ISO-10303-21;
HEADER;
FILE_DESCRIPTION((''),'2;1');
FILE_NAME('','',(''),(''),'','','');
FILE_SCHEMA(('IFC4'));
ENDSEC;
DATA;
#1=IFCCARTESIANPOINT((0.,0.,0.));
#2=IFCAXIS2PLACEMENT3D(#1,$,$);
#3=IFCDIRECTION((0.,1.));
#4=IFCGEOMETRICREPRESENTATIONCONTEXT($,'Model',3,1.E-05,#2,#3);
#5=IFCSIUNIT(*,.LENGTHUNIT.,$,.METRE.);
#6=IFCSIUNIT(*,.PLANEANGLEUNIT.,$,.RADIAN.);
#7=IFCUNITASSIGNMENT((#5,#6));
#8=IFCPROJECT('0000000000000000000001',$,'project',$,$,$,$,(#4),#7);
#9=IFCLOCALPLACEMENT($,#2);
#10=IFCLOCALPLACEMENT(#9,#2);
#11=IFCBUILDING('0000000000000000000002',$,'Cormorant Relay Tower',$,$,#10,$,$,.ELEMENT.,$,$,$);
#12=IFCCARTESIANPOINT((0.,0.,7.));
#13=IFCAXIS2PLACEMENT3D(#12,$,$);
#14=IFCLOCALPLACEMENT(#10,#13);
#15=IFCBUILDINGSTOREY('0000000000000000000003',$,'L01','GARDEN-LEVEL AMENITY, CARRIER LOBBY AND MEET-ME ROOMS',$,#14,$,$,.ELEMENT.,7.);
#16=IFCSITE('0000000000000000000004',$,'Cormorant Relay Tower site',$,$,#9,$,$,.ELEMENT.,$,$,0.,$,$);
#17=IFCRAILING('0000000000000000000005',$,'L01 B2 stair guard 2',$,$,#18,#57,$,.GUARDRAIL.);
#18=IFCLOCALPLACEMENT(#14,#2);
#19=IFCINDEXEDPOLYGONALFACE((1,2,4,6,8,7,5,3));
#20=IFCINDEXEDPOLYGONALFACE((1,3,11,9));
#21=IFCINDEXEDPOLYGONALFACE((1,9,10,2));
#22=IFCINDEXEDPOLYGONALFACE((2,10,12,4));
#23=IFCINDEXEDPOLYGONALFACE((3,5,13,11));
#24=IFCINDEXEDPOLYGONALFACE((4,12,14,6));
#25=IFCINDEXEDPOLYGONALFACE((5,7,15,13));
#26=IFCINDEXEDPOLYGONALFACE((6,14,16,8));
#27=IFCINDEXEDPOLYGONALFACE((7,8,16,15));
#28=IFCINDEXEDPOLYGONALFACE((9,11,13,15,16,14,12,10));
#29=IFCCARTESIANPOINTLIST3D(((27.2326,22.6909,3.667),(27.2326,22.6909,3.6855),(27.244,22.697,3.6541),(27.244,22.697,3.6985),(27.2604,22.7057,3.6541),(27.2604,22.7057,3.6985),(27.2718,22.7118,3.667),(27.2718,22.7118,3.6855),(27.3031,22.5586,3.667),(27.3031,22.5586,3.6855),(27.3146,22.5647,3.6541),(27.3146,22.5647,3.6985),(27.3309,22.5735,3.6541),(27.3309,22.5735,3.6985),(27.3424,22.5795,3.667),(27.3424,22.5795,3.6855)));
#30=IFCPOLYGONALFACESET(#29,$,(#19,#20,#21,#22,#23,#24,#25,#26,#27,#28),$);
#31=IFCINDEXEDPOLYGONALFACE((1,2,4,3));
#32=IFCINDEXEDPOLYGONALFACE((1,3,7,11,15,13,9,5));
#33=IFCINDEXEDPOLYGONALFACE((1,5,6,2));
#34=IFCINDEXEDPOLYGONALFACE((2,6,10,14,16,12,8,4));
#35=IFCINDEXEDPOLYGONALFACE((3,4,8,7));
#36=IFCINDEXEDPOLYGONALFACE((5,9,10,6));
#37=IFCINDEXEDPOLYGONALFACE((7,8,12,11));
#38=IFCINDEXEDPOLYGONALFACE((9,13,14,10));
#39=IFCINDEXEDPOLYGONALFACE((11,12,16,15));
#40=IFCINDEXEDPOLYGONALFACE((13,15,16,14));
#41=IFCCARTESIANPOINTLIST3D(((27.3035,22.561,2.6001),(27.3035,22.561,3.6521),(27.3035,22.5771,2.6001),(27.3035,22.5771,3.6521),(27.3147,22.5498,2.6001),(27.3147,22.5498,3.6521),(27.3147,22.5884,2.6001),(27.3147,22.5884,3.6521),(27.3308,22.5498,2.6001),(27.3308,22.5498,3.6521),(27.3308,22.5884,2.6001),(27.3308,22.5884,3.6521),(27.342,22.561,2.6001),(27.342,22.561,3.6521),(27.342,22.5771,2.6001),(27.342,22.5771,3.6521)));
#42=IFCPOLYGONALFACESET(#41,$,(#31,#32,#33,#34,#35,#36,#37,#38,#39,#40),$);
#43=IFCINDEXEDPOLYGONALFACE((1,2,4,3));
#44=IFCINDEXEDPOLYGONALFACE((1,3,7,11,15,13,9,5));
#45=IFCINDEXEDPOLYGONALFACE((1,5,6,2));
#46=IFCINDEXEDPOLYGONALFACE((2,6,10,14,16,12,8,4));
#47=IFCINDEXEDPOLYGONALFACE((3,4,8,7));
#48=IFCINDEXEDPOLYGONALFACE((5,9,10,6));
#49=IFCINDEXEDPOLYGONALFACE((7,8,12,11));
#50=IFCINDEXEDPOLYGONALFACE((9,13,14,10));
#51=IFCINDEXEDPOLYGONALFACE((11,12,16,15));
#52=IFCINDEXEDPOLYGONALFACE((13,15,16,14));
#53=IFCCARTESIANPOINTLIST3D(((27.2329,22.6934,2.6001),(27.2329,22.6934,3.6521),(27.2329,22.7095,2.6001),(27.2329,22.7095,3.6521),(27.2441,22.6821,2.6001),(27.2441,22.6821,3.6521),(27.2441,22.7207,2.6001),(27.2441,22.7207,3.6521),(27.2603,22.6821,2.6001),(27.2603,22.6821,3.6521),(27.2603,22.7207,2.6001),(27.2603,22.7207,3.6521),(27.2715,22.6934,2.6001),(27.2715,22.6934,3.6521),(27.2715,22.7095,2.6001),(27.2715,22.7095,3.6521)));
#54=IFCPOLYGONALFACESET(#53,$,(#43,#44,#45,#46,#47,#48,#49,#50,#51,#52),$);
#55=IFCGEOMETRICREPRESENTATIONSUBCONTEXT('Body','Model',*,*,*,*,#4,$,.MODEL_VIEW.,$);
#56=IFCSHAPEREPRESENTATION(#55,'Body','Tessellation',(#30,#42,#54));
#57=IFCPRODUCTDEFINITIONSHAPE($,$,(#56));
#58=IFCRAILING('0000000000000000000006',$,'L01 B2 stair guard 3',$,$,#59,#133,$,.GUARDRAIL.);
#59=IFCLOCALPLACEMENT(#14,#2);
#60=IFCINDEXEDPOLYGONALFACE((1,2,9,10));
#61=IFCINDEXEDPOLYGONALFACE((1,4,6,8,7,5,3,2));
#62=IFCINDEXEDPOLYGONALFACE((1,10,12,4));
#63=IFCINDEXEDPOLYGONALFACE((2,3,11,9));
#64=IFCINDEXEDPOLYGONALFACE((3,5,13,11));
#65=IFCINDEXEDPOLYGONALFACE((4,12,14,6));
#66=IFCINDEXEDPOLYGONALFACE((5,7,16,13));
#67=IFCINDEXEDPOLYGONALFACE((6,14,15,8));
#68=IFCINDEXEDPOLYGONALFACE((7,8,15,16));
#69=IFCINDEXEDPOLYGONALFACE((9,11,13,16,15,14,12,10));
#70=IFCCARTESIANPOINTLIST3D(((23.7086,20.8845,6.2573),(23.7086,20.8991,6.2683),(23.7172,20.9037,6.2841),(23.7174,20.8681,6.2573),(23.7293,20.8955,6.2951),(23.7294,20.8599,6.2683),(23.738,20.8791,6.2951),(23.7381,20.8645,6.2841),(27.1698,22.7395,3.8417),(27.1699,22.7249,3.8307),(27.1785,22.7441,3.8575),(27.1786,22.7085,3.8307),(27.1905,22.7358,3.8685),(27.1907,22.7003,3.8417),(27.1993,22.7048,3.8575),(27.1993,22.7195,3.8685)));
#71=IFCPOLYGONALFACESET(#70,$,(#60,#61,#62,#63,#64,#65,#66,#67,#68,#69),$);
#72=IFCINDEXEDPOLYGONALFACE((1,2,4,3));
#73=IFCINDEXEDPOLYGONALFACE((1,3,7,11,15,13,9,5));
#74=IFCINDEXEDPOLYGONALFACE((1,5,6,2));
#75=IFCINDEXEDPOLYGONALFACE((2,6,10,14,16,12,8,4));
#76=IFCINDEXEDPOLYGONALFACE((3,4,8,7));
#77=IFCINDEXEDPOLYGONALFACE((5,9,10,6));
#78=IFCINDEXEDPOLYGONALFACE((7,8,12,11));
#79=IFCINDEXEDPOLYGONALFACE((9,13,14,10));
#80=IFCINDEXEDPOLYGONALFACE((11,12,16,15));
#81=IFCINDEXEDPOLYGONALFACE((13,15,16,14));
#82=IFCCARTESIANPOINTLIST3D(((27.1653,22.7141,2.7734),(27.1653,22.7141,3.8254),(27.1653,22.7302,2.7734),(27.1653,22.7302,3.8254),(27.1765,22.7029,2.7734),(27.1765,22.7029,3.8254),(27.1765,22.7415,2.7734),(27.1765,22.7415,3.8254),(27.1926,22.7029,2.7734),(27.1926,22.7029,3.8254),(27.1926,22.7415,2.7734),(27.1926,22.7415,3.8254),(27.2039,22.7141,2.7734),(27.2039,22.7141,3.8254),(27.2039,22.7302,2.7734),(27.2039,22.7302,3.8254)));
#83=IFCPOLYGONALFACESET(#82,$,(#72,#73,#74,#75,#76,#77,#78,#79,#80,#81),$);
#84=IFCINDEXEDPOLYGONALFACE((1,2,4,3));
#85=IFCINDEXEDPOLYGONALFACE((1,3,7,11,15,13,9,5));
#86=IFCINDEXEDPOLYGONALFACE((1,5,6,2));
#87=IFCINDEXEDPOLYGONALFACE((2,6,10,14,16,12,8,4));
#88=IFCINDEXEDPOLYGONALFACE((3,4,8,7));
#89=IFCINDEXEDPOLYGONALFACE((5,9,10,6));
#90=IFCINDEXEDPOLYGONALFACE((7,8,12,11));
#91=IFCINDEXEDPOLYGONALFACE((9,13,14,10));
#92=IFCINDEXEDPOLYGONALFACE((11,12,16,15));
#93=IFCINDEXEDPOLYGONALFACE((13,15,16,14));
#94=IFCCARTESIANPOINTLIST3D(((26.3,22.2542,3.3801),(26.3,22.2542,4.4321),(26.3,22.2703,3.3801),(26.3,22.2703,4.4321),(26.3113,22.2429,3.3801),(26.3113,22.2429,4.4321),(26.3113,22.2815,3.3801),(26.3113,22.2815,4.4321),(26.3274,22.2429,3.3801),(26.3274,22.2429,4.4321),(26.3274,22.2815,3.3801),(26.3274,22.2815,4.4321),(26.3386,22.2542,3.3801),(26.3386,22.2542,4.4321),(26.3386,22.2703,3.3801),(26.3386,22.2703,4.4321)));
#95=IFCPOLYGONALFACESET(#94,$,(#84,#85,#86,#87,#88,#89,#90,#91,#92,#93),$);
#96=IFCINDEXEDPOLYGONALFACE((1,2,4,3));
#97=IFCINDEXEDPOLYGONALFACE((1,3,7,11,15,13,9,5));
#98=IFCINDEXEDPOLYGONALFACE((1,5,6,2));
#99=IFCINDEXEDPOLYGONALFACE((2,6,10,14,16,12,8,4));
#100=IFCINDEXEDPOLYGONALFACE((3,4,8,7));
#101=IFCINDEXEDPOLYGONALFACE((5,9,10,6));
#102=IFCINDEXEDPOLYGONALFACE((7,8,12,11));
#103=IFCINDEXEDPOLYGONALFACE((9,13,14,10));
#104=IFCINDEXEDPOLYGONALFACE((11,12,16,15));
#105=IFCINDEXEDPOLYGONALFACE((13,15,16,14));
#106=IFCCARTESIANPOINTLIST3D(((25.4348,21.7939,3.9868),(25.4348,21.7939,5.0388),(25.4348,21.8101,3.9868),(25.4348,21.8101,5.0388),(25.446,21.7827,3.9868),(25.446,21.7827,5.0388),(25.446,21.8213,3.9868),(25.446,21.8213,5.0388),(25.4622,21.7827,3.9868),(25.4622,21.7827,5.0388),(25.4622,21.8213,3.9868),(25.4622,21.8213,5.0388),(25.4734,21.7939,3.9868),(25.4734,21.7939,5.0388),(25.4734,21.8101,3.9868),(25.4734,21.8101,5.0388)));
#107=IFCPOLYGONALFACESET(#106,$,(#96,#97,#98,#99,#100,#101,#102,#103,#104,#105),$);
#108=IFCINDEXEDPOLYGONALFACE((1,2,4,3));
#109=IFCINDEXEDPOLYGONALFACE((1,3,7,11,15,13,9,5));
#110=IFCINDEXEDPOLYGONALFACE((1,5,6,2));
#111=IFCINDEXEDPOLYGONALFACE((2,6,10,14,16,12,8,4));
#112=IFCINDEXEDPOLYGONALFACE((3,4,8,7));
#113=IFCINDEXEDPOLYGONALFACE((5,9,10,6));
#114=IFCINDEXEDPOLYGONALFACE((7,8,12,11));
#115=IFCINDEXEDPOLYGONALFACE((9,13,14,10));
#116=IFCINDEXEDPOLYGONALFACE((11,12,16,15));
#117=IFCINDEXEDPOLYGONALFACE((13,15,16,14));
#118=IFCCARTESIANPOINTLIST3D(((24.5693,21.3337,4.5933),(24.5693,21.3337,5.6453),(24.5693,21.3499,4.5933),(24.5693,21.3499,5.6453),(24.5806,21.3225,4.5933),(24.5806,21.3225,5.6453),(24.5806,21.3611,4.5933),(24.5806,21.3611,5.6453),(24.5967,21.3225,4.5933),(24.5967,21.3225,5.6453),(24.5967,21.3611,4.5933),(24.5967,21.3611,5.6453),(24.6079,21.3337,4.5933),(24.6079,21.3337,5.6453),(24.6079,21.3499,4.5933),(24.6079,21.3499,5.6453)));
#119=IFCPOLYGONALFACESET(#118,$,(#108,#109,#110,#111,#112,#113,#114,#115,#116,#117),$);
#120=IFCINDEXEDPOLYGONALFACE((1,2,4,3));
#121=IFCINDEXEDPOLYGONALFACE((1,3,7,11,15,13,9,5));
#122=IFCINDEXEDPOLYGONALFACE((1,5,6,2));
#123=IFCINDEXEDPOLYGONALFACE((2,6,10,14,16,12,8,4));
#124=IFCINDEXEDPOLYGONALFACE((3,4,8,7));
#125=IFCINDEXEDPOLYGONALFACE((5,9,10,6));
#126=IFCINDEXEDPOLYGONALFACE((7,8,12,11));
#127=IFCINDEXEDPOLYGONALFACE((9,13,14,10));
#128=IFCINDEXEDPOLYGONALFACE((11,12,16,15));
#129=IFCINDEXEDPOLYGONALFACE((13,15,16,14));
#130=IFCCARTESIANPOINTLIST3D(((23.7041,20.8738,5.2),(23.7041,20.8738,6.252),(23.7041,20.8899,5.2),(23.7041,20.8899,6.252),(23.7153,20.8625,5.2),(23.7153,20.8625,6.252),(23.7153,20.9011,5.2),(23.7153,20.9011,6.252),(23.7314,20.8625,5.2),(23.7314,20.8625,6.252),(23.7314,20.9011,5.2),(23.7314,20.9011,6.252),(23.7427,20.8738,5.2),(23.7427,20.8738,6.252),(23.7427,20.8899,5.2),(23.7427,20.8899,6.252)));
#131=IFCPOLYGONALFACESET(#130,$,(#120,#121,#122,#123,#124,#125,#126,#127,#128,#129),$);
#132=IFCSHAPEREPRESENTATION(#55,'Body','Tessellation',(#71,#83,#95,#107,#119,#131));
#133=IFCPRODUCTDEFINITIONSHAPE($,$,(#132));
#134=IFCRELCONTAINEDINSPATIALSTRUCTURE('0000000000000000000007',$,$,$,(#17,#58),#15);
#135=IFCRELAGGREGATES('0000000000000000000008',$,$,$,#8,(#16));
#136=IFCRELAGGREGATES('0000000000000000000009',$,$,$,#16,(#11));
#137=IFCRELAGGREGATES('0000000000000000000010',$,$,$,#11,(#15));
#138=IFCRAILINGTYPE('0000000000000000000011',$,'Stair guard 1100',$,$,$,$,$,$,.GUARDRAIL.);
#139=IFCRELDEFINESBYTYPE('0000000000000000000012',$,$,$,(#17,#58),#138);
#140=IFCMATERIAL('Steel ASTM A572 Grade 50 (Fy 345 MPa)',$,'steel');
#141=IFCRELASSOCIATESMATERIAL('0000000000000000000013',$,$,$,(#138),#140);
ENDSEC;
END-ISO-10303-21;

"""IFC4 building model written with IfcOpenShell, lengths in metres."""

from ifc_helpers import new_model, si_unit, direction, frame, origin, place, context, subcontext, project, spatial, polyline, outline, extrude, material, type_object, element, save


model = new_model("IFC4")

# Units and contexts
model_context = context("Model", 3, precision=1e-05, world=origin(), true_north=direction((0.0, 1.0)))
body_context = subcontext(model_context, "Body", "Model", "MODEL_VIEW")
ifc_project = project(units=[si_unit("LENGTHUNIT", "METRE"), si_unit("PLANEANGLEUNIT", "RADIAN")], contexts=[model_context])

# Site, building, storey
site_placement = place(None, origin())
site = spatial("IfcSite", under=ifc_project, at=site_placement, Name="Cormorant Relay Tower site", CompositionType="ELEMENT", RefElevation=0.0)
building_placement = place(site_placement, origin())
building = spatial("IfcBuilding", under=site, at=building_placement, Name="Cormorant Relay Tower", CompositionType="ELEMENT")
storey_placement = place(building_placement, frame((0.0, 0.0, 7.0)))
storey = spatial("IfcBuildingStorey", under=building, at=storey_placement, Name="L01", Description="GARDEN-LEVEL AMENITY, CARRIER LOBBY AND MEET-ME ROOMS", CompositionType="ELEMENT", Elevation=7.0)

# Railings
ifc_material_1 = material(Name="Steel ASTM A572 Grade 50 (Fy 345 MPa)", Category="steel")
railing_type_1 = type_object("IfcRailingType", Name="Stair guard 1100", PredefinedType="GUARDRAIL", material=ifc_material_1)
railing_1_placement = place(storey_placement, frame((27.3228, 22.5691, 2.6001)))
element("IfcRailing", 1, at=railing_1_placement, inside=storey, type_object=railing_type_1, Name="L01 B2 stair guard 2", PredefinedType="GUARDRAIL", context=body_context, shape_type="SweptSolid", body=[
    extrude(outline(polyline([(0.0222, 0.0093), (0.0093, 0.0222), (-0.0093, 0.0222), (-0.0222, 0.0093), (-0.0222, -0.0093), (-0.0093, -0.0222), (0.0093, -0.0222), (0.0222, -0.0093), (0.0222, 0.0093)])), frame((0.0, 0.0, 1.0762), z_axis=(-0.470504, 0.882398, 0.0), x_axis=(-0.882398, -0.470504, 0.0)), (0.0, 0.0, 1.0), 0.1499),
    extrude(outline(polyline([(0.0193, 0.0081), (0.0081, 0.0193), (-0.0081, 0.0193), (-0.0193, 0.0081), (-0.0193, -0.0081), (-0.0081, -0.0193), (0.0081, -0.0193), (0.0193, -0.0081), (0.0193, 0.0081)])), origin(), (0.0, 0.0, 1.0), 1.052),
    extrude(outline(polyline([(0.0193, 0.0081), (0.0081, 0.0193), (-0.0081, 0.0193), (-0.0193, 0.0081), (-0.0193, -0.0081), (-0.0081, -0.0193), (0.0081, -0.0193), (0.0193, -0.0081), (0.0193, 0.0081)])), frame((-0.0706, 0.1323, 0.0)), (0.0, 0.0, 1.0), 1.052),
])
railing_2_placement = place(storey_placement, frame((27.1846, 22.7222, 2.7734)))
element("IfcRailing", 2, at=railing_2_placement, inside=storey, type_object=railing_type_1, Name="L01 B2 stair guard 3", PredefinedType="GUARDRAIL", context=body_context, shape_type="SweptSolid", body=[
    extrude(outline(polyline([(0.0222, 0.0093), (0.0093, 0.0222), (-0.0093, 0.0222), (-0.0222, 0.0093), (-0.0222, -0.0093), (-0.0093, -0.0222), (0.0093, -0.0222), (0.0222, -0.0093), (0.0222, 0.0093)])), frame((0.0, 0.0, 1.0762), z_axis=(-0.750755, -0.399181, 0.526328), x_axis=(0.469469, -0.882949, 0.0)), (0.0, 0.0, 1.0), 4.6104),
    extrude(outline(polyline([(0.0193, 0.0081), (0.0081, 0.0193), (-0.0081, 0.0193), (-0.0193, 0.0081), (-0.0193, -0.0081), (-0.0081, -0.0193), (0.0081, -0.0193), (0.0193, -0.0081), (0.0193, 0.0081)])), origin(), (0.0, 0.0, 1.0), 1.052),
    extrude(outline(polyline([(0.0193, 0.0081), (0.0081, 0.0193), (-0.0081, 0.0193), (-0.0193, 0.0081), (-0.0193, -0.0081), (-0.0081, -0.0193), (0.0081, -0.0193), (0.0193, -0.0081), (0.0193, 0.0081)])), frame((-0.8652, -0.46, 0.6067)), (0.0, 0.0, 1.0), 1.052),
    extrude(outline(polyline([(0.0193, 0.0081), (0.0081, 0.0193), (-0.0081, 0.0193), (-0.0193, 0.0081), (-0.0193, -0.0081), (-0.0081, -0.0193), (0.0081, -0.0193), (0.0193, -0.0081), (0.0193, 0.0081)])), frame((-1.7305, -0.9202, 1.2134)), (0.0, 0.0, 1.0), 1.052),
    extrude(outline(polyline([(0.0193, 0.0081), (0.0081, 0.0193), (-0.0081, 0.0193), (-0.0193, 0.0081), (-0.0193, -0.0081), (-0.0081, -0.0193), (0.0081, -0.0193), (0.0193, -0.0081), (0.0193, 0.0081)])), frame((-2.5959, -1.3804, 1.8198)), (0.0, 0.0, 1.0), 1.052),
    extrude(outline(polyline([(0.0193, 0.0081), (0.0081, 0.0193), (-0.0081, 0.0193), (-0.0193, 0.0081), (-0.0193, -0.0081), (-0.0081, -0.0193), (0.0081, -0.0193), (0.0193, -0.0081), (0.0193, 0.0081)])), frame((-3.4612, -1.8403, 2.4265)), (0.0, 0.0, 1.0), 1.052),
])

save(model, "model.ifc")
